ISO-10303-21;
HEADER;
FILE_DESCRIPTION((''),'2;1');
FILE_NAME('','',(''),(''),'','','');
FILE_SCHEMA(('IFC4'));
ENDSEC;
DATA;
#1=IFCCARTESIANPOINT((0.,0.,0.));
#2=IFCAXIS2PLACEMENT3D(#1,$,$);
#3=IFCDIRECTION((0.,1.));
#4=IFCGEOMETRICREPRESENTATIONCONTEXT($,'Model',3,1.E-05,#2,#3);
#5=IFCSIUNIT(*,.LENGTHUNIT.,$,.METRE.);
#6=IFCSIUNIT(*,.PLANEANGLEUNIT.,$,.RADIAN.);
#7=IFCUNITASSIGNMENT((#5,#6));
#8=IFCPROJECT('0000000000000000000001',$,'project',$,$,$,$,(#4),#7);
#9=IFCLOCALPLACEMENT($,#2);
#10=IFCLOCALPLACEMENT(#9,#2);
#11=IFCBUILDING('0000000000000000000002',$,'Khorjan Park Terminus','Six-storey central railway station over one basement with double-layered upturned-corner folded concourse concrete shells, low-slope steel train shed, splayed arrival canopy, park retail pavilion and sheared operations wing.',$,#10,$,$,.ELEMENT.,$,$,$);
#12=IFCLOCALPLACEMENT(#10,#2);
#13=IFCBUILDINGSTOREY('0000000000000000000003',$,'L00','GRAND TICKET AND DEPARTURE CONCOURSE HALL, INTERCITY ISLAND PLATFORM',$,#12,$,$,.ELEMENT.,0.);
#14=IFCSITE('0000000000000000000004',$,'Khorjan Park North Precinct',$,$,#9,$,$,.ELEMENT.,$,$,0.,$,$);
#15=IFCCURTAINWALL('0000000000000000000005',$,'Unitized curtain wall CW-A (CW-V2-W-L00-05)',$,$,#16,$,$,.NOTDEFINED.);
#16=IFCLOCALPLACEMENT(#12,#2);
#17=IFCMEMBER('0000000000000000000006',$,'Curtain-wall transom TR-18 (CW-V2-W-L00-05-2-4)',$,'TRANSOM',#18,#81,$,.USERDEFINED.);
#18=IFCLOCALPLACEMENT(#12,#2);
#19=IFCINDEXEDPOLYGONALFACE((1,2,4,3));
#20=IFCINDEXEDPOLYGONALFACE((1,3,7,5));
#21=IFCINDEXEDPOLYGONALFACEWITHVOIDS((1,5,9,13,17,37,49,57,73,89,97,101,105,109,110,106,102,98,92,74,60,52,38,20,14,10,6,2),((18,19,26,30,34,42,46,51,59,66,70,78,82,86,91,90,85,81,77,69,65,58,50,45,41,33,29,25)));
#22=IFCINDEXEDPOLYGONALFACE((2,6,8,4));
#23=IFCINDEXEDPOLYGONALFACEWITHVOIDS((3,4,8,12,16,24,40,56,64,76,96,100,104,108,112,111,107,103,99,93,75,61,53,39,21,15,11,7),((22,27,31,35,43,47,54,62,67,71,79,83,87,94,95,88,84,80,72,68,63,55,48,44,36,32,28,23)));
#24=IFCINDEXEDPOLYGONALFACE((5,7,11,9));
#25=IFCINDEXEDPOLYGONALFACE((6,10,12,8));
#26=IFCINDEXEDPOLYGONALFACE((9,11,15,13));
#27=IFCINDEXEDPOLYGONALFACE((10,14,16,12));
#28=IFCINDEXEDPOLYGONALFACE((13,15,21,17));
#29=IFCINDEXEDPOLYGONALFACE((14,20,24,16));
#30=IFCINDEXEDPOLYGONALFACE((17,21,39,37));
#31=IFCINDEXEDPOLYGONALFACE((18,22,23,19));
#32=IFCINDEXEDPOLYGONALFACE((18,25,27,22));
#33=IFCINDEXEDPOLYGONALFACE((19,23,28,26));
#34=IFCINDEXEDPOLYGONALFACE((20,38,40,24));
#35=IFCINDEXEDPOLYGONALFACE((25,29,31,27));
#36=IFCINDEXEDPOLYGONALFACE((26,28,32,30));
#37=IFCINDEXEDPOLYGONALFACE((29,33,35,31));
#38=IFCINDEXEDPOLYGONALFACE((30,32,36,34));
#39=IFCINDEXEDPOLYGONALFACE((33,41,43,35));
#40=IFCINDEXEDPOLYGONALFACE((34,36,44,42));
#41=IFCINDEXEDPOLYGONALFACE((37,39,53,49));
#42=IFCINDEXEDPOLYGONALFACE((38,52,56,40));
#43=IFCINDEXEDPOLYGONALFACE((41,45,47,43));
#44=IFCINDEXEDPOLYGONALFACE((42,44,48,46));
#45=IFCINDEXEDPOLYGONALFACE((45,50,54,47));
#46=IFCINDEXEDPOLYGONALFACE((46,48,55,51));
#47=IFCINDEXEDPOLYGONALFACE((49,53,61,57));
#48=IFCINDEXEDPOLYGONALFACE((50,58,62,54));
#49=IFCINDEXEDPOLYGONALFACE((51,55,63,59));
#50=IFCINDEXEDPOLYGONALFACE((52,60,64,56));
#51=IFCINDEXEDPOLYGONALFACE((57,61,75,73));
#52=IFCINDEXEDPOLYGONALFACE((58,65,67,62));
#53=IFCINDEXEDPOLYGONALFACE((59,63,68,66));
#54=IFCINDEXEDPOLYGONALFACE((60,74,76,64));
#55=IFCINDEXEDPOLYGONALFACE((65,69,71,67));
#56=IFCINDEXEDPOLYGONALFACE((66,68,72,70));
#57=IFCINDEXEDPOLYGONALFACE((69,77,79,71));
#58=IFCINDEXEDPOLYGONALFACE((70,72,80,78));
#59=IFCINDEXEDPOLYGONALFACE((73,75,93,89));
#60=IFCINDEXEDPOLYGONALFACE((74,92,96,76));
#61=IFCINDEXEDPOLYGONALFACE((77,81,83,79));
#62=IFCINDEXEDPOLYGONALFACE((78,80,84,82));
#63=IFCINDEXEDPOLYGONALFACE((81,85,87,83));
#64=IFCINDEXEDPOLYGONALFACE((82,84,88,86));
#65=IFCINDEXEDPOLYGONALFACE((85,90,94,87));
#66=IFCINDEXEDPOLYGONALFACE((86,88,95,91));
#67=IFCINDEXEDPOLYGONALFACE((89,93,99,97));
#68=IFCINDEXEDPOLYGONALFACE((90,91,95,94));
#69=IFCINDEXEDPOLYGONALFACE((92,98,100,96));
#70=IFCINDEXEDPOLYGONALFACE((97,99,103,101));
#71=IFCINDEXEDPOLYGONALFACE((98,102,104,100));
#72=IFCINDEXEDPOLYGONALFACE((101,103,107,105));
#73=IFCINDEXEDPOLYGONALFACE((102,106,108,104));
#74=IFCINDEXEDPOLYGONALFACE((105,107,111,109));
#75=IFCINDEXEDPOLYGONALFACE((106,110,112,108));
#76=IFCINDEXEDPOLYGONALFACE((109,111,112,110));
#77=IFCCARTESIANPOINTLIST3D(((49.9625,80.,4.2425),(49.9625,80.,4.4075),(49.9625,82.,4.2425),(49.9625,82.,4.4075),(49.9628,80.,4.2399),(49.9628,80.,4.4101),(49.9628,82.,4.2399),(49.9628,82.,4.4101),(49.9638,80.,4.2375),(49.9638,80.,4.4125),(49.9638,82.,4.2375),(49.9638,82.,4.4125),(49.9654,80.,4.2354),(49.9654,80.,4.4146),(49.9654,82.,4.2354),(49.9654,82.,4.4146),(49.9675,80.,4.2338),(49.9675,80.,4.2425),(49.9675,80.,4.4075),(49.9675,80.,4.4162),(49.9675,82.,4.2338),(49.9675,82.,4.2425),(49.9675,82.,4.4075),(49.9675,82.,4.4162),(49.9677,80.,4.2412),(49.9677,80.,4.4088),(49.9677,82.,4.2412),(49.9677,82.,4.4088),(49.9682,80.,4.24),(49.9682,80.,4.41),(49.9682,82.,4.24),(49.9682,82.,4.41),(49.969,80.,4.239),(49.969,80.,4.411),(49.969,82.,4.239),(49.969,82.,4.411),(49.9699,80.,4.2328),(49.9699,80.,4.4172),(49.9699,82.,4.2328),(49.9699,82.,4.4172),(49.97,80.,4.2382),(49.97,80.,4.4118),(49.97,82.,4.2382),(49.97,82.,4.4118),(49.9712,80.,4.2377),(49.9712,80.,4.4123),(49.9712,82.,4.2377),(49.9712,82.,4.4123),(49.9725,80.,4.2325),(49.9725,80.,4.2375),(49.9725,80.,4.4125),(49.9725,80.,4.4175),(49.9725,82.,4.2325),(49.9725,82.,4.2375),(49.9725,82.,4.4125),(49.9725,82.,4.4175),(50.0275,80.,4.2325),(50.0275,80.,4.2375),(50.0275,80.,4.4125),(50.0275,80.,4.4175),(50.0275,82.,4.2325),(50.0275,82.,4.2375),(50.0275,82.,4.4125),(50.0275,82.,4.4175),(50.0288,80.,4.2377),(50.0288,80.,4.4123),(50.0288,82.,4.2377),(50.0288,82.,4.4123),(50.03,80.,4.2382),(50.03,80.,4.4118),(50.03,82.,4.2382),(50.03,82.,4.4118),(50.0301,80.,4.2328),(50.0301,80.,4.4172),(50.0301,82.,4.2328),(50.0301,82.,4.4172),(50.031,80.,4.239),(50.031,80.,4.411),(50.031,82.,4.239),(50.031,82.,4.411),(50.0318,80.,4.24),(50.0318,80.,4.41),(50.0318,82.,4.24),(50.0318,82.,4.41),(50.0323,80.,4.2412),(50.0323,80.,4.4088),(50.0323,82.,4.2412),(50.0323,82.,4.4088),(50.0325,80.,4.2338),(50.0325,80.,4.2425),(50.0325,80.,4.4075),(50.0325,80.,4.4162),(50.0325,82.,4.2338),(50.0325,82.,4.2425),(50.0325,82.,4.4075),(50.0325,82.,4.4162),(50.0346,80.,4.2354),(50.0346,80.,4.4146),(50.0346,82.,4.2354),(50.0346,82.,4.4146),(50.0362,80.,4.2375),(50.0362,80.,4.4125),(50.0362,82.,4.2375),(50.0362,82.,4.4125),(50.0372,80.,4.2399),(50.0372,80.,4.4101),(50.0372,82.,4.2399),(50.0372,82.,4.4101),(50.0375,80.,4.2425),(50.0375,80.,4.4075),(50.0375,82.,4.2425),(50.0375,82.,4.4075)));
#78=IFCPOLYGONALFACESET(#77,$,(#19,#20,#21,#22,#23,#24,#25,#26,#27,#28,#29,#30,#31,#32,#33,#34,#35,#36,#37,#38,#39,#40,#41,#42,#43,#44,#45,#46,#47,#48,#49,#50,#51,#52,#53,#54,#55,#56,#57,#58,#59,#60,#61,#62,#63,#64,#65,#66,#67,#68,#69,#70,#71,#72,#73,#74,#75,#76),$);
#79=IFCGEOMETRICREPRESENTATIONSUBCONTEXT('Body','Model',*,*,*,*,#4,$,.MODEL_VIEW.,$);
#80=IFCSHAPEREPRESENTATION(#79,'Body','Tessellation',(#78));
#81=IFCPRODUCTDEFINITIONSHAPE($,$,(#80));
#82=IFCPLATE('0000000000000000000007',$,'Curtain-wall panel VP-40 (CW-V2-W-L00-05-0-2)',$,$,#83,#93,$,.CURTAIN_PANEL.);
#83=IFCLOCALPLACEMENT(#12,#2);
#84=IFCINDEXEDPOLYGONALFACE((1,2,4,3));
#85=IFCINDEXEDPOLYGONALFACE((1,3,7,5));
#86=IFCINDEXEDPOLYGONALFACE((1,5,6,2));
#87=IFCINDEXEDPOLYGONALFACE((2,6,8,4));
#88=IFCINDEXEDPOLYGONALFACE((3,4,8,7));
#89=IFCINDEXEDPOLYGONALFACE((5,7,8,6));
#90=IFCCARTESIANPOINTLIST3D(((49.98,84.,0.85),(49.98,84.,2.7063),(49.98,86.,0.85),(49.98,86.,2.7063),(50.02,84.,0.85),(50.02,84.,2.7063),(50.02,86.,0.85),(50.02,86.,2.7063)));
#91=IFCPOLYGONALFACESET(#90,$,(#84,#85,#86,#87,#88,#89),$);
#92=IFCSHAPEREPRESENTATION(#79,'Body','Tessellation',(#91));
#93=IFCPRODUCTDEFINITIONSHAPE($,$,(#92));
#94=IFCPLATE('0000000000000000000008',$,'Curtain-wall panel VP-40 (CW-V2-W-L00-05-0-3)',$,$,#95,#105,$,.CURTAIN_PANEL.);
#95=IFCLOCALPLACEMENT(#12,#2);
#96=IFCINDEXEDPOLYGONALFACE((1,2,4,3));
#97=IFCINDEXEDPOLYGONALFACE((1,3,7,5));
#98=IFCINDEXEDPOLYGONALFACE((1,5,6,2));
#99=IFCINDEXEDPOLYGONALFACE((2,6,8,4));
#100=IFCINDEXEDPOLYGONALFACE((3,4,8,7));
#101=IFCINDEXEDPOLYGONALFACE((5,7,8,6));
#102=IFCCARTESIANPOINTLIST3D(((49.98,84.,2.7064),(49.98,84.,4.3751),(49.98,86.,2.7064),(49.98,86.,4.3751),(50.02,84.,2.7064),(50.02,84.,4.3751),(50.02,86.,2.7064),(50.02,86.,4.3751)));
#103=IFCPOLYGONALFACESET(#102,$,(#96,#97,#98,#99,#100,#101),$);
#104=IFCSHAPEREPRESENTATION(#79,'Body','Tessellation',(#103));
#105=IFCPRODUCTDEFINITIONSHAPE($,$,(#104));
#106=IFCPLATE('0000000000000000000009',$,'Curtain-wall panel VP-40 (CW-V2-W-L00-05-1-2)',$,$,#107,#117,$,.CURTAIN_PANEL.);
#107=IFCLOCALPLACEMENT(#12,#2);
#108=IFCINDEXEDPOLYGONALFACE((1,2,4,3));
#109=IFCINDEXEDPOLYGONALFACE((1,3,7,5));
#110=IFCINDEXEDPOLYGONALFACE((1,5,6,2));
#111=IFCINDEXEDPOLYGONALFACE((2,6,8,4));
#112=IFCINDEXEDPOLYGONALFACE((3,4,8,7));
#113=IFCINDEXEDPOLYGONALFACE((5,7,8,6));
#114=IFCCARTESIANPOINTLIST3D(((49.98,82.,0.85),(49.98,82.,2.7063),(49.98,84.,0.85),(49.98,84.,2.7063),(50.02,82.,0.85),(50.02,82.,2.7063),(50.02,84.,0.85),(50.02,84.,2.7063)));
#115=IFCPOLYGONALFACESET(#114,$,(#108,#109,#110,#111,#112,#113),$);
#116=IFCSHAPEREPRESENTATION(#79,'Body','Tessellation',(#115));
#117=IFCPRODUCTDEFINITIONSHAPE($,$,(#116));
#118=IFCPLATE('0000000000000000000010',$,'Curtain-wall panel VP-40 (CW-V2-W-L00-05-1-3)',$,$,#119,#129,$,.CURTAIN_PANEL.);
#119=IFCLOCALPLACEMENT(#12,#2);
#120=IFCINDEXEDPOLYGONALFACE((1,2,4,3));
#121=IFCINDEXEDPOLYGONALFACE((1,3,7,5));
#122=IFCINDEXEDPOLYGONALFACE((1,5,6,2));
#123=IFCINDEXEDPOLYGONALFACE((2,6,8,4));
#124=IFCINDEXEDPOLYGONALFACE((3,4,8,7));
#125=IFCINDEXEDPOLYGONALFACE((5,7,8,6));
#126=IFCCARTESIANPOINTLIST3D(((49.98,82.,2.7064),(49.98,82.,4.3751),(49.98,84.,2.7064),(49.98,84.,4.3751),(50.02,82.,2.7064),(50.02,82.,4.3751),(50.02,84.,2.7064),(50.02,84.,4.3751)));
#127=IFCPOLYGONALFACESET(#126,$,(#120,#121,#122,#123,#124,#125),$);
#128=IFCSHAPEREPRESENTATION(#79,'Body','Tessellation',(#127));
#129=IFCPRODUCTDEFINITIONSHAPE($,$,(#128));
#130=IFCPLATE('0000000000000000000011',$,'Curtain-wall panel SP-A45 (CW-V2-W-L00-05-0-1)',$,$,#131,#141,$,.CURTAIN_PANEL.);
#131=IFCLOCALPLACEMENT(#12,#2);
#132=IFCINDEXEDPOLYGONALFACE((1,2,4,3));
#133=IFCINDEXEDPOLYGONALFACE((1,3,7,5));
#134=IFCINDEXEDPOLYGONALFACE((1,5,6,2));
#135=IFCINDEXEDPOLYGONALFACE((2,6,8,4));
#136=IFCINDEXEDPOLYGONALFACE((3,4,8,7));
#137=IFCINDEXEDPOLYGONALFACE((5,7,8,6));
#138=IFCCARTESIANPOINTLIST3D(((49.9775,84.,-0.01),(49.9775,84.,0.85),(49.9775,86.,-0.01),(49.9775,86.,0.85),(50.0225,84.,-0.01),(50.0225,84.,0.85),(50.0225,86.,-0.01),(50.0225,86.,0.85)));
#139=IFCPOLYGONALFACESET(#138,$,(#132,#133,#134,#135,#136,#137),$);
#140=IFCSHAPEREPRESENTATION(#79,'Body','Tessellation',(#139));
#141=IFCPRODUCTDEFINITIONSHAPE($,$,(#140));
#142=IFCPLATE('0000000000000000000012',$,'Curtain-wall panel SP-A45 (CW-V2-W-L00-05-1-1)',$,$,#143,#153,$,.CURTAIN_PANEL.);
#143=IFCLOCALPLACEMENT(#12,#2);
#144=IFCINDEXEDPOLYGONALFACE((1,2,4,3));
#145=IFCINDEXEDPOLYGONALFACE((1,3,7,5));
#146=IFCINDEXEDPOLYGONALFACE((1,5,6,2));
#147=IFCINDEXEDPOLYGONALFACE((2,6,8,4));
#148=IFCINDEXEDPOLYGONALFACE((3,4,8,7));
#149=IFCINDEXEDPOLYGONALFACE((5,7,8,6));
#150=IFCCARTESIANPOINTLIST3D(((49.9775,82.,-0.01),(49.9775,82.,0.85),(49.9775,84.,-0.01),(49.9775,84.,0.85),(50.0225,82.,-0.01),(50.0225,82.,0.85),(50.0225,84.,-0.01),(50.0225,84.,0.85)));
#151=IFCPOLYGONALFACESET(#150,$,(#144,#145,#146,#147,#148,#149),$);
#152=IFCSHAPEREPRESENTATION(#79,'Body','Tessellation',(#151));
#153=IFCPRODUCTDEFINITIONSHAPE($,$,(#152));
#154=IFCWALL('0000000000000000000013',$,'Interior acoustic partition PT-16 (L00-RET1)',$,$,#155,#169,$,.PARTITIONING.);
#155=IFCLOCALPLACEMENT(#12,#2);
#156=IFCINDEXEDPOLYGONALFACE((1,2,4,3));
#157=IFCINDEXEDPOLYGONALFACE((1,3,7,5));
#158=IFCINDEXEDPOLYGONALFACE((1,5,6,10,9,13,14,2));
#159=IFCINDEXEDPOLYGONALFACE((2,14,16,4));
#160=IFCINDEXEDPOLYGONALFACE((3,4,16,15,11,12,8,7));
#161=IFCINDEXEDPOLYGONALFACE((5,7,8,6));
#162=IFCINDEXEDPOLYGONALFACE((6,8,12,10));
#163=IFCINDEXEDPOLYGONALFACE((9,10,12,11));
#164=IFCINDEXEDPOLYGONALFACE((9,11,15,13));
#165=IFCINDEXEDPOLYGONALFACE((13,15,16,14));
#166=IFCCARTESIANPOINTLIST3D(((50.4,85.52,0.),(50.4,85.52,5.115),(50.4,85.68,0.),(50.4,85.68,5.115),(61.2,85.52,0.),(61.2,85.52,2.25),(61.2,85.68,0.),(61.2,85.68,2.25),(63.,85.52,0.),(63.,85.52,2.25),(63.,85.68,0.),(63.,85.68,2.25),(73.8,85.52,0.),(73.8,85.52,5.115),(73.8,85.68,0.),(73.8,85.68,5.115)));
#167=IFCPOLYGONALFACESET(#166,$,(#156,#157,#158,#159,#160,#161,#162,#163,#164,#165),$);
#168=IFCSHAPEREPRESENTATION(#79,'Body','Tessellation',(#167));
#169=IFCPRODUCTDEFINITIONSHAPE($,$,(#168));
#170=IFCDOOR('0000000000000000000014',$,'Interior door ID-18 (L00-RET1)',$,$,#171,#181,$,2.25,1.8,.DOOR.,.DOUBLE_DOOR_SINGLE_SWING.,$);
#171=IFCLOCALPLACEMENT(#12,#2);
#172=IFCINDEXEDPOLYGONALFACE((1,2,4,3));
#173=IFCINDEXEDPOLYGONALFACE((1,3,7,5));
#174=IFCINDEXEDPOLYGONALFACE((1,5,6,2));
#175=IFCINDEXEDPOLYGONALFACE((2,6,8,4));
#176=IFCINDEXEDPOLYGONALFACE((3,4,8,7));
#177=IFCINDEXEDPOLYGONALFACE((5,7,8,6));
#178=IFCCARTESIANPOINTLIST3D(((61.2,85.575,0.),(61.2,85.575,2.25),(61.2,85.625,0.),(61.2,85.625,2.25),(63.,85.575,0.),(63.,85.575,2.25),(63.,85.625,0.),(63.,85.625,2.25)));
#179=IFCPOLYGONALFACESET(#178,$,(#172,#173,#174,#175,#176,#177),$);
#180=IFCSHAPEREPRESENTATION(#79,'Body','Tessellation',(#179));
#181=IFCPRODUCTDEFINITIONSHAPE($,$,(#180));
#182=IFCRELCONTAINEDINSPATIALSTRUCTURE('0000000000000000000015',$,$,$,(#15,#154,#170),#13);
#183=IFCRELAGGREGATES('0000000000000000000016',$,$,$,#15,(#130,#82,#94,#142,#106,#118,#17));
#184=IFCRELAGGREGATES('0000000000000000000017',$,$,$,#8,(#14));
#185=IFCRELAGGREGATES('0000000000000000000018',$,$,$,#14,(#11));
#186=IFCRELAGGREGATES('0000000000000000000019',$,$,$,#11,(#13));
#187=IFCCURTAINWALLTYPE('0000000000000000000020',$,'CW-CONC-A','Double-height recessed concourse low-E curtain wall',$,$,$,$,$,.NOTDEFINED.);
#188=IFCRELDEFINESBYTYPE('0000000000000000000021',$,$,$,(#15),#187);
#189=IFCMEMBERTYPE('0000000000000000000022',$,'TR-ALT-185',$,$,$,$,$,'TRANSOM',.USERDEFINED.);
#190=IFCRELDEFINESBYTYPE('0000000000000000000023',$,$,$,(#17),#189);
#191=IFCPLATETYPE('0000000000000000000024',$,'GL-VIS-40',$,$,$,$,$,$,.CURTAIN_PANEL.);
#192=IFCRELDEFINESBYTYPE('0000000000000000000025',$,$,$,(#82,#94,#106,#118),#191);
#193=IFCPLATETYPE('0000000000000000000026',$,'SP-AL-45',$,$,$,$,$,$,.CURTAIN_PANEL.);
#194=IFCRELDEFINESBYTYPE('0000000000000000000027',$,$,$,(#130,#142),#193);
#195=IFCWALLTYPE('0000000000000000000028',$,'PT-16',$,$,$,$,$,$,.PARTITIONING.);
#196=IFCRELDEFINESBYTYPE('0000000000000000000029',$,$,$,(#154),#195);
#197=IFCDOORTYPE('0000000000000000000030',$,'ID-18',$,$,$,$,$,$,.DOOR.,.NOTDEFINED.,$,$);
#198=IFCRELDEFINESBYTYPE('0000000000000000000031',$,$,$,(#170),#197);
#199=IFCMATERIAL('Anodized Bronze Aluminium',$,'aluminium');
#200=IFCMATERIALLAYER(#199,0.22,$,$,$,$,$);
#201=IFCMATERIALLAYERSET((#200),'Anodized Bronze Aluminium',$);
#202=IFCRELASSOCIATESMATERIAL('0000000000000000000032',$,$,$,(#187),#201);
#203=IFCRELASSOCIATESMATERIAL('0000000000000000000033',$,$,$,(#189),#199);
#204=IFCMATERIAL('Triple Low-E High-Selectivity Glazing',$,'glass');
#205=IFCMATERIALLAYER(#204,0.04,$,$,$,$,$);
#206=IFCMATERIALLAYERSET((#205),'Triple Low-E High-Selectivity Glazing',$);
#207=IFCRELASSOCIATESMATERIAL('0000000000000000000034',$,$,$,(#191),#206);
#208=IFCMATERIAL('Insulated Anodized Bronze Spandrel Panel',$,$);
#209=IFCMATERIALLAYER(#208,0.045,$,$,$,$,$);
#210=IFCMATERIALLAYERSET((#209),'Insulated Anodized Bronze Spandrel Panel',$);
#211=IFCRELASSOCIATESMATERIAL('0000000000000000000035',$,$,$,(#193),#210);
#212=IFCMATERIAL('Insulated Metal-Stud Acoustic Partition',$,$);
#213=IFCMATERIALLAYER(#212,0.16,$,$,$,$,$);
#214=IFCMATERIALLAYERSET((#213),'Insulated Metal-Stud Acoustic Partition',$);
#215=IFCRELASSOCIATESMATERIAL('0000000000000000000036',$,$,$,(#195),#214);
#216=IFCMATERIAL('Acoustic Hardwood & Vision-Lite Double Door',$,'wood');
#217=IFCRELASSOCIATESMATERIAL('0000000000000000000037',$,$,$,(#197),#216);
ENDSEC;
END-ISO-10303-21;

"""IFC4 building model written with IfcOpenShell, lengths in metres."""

from ifc_helpers import new_model, si_unit, direction, frame, frame_2d, origin, origin_2d, place, context, subcontext, project, spatial, rectangle, hollow_rectangle, extrude, material, layer, layer_set, material_profile, profile_set, type_object, element, fill, aggregate, save


model = new_model("IFC4")

# Units and contexts
model_context = context("Model", 3, precision=1e-05, world=origin(), true_north=direction((0.0, 1.0)))
body_context = subcontext(model_context, "Body", "Model", "MODEL_VIEW")
ifc_project = project(units=[si_unit("LENGTHUNIT", "METRE"), si_unit("PLANEANGLEUNIT", "RADIAN")], contexts=[model_context])

# Site, building, storey
site_placement = place(None, origin())
site = spatial("IfcSite", under=ifc_project, at=site_placement, Name="Khorjan Park North Precinct", CompositionType="ELEMENT", RefElevation=0.0)
building_placement = place(site_placement, origin())
building = spatial("IfcBuilding", under=site, at=building_placement, Name="Khorjan Park Terminus", Description="Six-storey central railway station over one basement with double-layered upturned-corner folded concourse concrete shells, low-slope steel train shed, splayed arrival canopy, park retail pavilion and sheared operations wing.", CompositionType="ELEMENT")
storey_placement = place(building_placement, origin())
storey = spatial("IfcBuildingStorey", under=building, at=storey_placement, Name="L00", Description="GRAND TICKET AND DEPARTURE CONCOURSE HALL, INTERCITY ISLAND PLATFORM", CompositionType="ELEMENT", Elevation=0.0)

# Shared definitions
ifc_material_1 = material(Name="Anodized Bronze Aluminium", Category="aluminium")
ifc_layer_1 = layer(ifc_material_1, 0.22)
ifc_layer_set_1 = layer_set([ifc_layer_1], Name="Anodized Bronze Aluminium")
curtain_wall_type = type_object("IfcCurtainWallType", Name="CW-CONC-A", Description="Double-height recessed concourse low-E curtain wall", PredefinedType="NOTDEFINED", material=ifc_layer_set_1)

# Curtain wall, member, plates
curtain_wall_1_placement = place(storey_placement, origin())
curtain_wall_1 = element("IfcCurtainWall", 1, at=curtain_wall_1_placement, inside=storey, type_object=curtain_wall_type, Name="Unitized curtain wall CW-A (CW-V2-W-L00-05)", PredefinedType="NOTDEFINED")
ifc_material_profile_1 = material_profile(ifc_material_1, hollow_rectangle(XDim=0.075, YDim=0.185, WallThickness=0.005, InnerFilletRadius=0.005, OuterFilletRadius=0.01, at=origin_2d()), Name="ALT 75x185x5")
ifc_profile_set_1 = profile_set([ifc_material_profile_1], Name="Anodized Bronze Aluminium")
member_type_1 = type_object("IfcMemberType", Name="TR-ALT-185", ElementType="TRANSOM", PredefinedType="USERDEFINED", material=ifc_profile_set_1)
member_1_placement = place(storey_placement, frame((50.0, 82.0, 4.325), z_axis=(0.0, -1.0, 0.0), x_axis=(1.0, 0.0, 0.0)))
member_1 = element("IfcMember", 2, at=member_1_placement, type_object=member_type_1, Name="Curtain-wall transom TR-18 (CW-V2-W-L00-05-2-4)", ObjectType="TRANSOM", PredefinedType="USERDEFINED", context=body_context, shape_type="SweptSolid", body=[
    extrude(hollow_rectangle(XDim=0.075, YDim=0.185, WallThickness=0.005, InnerFilletRadius=0.005, OuterFilletRadius=0.01, at=origin_2d()), origin(), (0.0, 0.0, 1.0), 2.0),
])
ifc_material_2 = material(Name="Triple Low-E High-Selectivity Glazing", Category="glass")
ifc_layer_2 = layer(ifc_material_2, 0.04)
ifc_layer_set_2 = layer_set([ifc_layer_2], Name="Triple Low-E High-Selectivity Glazing")
plate_type_1 = type_object("IfcPlateType", Name="GL-VIS-40", PredefinedType="CURTAIN_PANEL", material=ifc_layer_set_2)
plate_1_placement = place(storey_placement, frame((50.0, 85.0, 0.85), z_axis=(0.0, 0.0, 1.0), x_axis=(0.0, -1.0, 0.0)))
plate_1 = element("IfcPlate", 3, at=plate_1_placement, type_object=plate_type_1, Name="Curtain-wall panel VP-40 (CW-V2-W-L00-05-0-2)", PredefinedType="CURTAIN_PANEL", context=body_context, shape_type="SweptSolid", body=[
    extrude(rectangle(XDim=2.0, YDim=0.04, at=origin_2d()), origin(), (0.0, 0.0, 1.0), 1.8563),
])
plate_2_placement = place(storey_placement, frame((50.0, 85.0, 2.7064), z_axis=(0.0, 0.0, 1.0), x_axis=(0.0, -1.0, 0.0)))
plate_2 = element("IfcPlate", 4, at=plate_2_placement, type_object=plate_type_1, Name="Curtain-wall panel VP-40 (CW-V2-W-L00-05-0-3)", PredefinedType="CURTAIN_PANEL", context=body_context, shape_type="SweptSolid", body=[
    extrude(rectangle(XDim=2.0, YDim=0.04, at=origin_2d()), origin(), (0.0, 0.0, 1.0), 1.6687),
])
plate_3_placement = place(storey_placement, frame((50.0, 83.0, 0.85), z_axis=(0.0, 0.0, 1.0), x_axis=(0.0, -1.0, 0.0)))
plate_3 = element("IfcPlate", 5, at=plate_3_placement, type_object=plate_type_1, Name="Curtain-wall panel VP-40 (CW-V2-W-L00-05-1-2)", PredefinedType="CURTAIN_PANEL", context=body_context, shape_type="SweptSolid", body=[
    extrude(rectangle(XDim=2.0, YDim=0.04, at=origin_2d()), origin(), (0.0, 0.0, 1.0), 1.8563),
])
plate_4_placement = place(storey_placement, frame((50.0, 83.0, 2.7064), z_axis=(0.0, 0.0, 1.0), x_axis=(0.0, -1.0, 0.0)))
plate_4 = element("IfcPlate", 6, at=plate_4_placement, type_object=plate_type_1, Name="Curtain-wall panel VP-40 (CW-V2-W-L00-05-1-3)", PredefinedType="CURTAIN_PANEL", context=body_context, shape_type="SweptSolid", body=[
    extrude(rectangle(XDim=2.0, YDim=0.04, at=origin_2d()), origin(), (0.0, 0.0, 1.0), 1.6687),
])
ifc_material_3 = material(Name="Insulated Anodized Bronze Spandrel Panel")
ifc_layer_3 = layer(ifc_material_3, 0.045)
ifc_layer_set_3 = layer_set([ifc_layer_3], Name="Insulated Anodized Bronze Spandrel Panel")
plate_type_2 = type_object("IfcPlateType", Name="SP-AL-45", PredefinedType="CURTAIN_PANEL", material=ifc_layer_set_3)
plate_5_placement = place(storey_placement, frame((50.0, 85.0, -0.01), z_axis=(0.0, 0.0, 1.0), x_axis=(0.0, -1.0, 0.0)))
plate_5 = element("IfcPlate", 7, at=plate_5_placement, type_object=plate_type_2, Name="Curtain-wall panel SP-A45 (CW-V2-W-L00-05-0-1)", PredefinedType="CURTAIN_PANEL", context=body_context, shape_type="SweptSolid", body=[
    extrude(rectangle(XDim=2.0, YDim=0.045, at=origin_2d()), origin(), (0.0, 0.0, 1.0), 0.86),
])
plate_6_placement = place(storey_placement, frame((50.0, 83.0, -0.01), z_axis=(0.0, 0.0, 1.0), x_axis=(0.0, -1.0, 0.0)))
plate_6 = element("IfcPlate", 8, at=plate_6_placement, type_object=plate_type_2, Name="Curtain-wall panel SP-A45 (CW-V2-W-L00-05-1-1)", PredefinedType="CURTAIN_PANEL", context=body_context, shape_type="SweptSolid", body=[
    extrude(rectangle(XDim=2.0, YDim=0.045, at=origin_2d()), origin(), (0.0, 0.0, 1.0), 0.86),
])
aggregate(curtain_wall_1, [plate_5, plate_1, plate_2, plate_6, plate_3, plate_4, member_1])

# Wall, opening, door
ifc_material_4 = material(Name="Insulated Metal-Stud Acoustic Partition")
ifc_layer_4 = layer(ifc_material_4, 0.16)
ifc_layer_set_4 = layer_set([ifc_layer_4], Name="Insulated Metal-Stud Acoustic Partition")
wall_type = type_object("IfcWallType", Name="PT-16", PredefinedType="PARTITIONING", material=ifc_layer_set_4)
wall_placement = place(storey_placement, frame((50.4, 85.6, 0.0), z_axis=(0.0, 0.0, 1.0), x_axis=(1.0, 0.0, 0.0)))
wall = element("IfcWall", 9, at=wall_placement, inside=storey, type_object=wall_type, Name="Interior acoustic partition PT-16 (L00-RET1)", PredefinedType="PARTITIONING", context=body_context, shape_type="SweptSolid", body=[
    extrude(rectangle(XDim=23.4, YDim=0.16, at=frame_2d((11.7, 0.0))), origin(), (0.0, 0.0, 1.0), 5.115),
])
opening_placement = place(wall_placement, frame((10.8, 0.0, 0.0)))
opening = element("IfcOpeningElement", 10, at=opening_placement, cuts=wall, PredefinedType="OPENING", context=body_context, shape_type="SweptSolid", body=[
    extrude(rectangle(XDim=1.8, YDim=2.25, at=frame_2d((0.9, 1.125))), frame((0.0, 0.09, 0.0), z_axis=(0.0, -1.0, 0.0), x_axis=(1.0, 0.0, 0.0)), (0.0, 0.0, 1.0), 0.18),
])
ifc_material_5 = material(Name="Acoustic Hardwood & Vision-Lite Double Door", Category="wood")
door_type = type_object("IfcDoorType", Name="ID-18", OperationType="NOTDEFINED", PredefinedType="DOOR", material=ifc_material_5)
door_placement = place(opening_placement, origin())
door = element("IfcDoor", 11, at=door_placement, inside=storey, type_object=door_type, Name="Interior door ID-18 (L00-RET1)", OperationType="DOUBLE_DOOR_SINGLE_SWING", OverallHeight=2.25, OverallWidth=1.8, PredefinedType="DOOR", context=body_context, shape_type="SweptSolid", body=[
    extrude(rectangle(XDim=1.8, YDim=2.25, at=frame_2d((0.9, 1.125))), frame((0.0, 0.025, 0.0), z_axis=(0.0, -1.0, 0.0), x_axis=(1.0, 0.0, 0.0)), (0.0, 0.0, 1.0), 0.05),
])
fill(opening, door)

save(model, "model.ifc")
